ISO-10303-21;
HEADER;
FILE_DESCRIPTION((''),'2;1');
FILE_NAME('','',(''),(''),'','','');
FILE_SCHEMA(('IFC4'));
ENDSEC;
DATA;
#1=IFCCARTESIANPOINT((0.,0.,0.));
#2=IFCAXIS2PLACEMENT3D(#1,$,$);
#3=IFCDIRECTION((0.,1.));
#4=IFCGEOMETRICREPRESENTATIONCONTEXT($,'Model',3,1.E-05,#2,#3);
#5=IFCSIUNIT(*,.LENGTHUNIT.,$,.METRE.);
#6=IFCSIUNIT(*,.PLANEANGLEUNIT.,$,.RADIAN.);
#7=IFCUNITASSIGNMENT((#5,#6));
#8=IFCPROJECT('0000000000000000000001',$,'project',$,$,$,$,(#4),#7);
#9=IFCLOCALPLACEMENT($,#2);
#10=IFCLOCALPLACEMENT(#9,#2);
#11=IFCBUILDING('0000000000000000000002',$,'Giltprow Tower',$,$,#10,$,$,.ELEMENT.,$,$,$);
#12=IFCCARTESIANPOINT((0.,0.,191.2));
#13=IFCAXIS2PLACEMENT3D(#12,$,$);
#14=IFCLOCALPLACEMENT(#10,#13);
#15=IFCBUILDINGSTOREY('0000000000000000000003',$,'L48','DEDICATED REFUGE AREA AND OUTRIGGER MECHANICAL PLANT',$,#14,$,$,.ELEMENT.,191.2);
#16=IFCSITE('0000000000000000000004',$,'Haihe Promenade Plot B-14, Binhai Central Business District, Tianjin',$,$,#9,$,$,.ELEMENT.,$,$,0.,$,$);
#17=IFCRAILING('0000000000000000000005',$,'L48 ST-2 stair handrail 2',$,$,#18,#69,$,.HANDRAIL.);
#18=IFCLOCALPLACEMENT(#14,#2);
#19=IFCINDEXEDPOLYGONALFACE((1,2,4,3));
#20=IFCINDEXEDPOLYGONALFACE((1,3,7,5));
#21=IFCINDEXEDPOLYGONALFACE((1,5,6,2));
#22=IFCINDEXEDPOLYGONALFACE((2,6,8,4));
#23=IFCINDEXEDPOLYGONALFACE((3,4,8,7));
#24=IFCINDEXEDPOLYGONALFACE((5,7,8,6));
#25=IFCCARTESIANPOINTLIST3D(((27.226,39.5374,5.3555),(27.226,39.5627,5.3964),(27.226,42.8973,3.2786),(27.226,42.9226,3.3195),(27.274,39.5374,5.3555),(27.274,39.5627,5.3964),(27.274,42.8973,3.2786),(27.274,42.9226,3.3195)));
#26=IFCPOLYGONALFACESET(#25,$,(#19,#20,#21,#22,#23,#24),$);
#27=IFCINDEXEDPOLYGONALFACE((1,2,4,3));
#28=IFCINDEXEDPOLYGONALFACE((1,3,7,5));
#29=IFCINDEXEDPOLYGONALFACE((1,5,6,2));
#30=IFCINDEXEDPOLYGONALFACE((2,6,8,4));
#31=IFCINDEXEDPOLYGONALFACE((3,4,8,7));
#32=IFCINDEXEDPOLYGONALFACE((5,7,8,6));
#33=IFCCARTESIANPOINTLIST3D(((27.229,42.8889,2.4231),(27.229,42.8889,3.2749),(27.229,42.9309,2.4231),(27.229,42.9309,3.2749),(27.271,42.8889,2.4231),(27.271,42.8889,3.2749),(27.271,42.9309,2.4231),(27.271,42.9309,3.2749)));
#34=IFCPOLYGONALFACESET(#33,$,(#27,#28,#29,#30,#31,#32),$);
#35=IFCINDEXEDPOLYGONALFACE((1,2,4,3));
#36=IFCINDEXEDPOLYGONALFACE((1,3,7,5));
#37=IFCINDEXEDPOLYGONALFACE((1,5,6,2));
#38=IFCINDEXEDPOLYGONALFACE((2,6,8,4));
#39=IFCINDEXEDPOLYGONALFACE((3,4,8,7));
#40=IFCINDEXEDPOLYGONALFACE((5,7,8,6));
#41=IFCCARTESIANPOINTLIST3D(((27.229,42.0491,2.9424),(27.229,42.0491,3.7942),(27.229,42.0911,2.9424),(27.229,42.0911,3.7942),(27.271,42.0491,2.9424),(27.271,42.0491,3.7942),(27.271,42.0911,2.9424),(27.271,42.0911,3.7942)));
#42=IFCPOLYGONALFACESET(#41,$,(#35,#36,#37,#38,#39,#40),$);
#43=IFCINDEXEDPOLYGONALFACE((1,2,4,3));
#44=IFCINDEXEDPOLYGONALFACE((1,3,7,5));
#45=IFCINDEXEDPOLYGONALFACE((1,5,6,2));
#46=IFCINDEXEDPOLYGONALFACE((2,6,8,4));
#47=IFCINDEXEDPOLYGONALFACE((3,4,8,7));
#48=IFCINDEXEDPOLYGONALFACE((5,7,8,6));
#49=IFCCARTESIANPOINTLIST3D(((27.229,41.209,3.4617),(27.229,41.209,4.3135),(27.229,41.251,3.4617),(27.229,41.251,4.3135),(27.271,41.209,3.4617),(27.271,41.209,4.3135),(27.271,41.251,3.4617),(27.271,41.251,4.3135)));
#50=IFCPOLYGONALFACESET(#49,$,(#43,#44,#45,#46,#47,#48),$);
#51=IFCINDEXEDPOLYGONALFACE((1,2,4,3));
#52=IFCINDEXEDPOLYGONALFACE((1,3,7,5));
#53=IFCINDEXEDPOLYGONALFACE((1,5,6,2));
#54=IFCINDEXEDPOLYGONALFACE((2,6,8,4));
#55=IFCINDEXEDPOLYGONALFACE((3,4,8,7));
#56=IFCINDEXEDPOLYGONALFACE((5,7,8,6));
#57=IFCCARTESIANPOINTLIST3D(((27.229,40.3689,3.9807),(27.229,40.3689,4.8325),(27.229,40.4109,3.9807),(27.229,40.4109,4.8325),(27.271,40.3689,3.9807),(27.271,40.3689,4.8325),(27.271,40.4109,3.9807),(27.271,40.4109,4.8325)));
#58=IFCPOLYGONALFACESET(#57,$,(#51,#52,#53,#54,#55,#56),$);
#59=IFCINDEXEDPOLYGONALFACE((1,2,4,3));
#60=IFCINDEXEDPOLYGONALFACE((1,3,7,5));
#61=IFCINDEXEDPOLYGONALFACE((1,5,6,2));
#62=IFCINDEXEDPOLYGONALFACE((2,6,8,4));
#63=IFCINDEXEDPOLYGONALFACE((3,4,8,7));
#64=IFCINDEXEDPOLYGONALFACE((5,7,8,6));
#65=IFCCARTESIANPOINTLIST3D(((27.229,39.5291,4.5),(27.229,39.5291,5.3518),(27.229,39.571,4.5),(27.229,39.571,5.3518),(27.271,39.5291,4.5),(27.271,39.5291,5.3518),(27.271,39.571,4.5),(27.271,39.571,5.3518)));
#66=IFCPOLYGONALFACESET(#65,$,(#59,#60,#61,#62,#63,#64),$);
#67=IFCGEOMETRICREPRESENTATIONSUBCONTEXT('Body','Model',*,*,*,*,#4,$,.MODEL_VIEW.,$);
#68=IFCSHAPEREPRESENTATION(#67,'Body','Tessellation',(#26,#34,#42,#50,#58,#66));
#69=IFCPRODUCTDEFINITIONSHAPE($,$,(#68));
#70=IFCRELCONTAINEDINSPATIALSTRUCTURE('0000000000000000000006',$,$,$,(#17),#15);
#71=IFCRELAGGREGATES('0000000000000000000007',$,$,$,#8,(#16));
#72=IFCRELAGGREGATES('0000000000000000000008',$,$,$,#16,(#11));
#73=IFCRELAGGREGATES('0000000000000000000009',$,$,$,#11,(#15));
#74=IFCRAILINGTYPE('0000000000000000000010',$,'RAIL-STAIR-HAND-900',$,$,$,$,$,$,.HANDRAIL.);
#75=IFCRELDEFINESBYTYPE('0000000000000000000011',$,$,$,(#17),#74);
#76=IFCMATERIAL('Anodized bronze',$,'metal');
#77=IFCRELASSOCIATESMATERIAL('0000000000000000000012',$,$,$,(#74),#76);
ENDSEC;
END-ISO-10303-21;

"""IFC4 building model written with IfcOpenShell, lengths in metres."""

from ifc_helpers import new_model, si_unit, direction, frame, origin, origin_2d, place, context, subcontext, project, spatial, rectangle, extrude, material, type_object, element, save


model = new_model("IFC4")

# Units and contexts
model_context = context("Model", 3, precision=1e-05, world=origin(), true_north=direction((0.0, 1.0)))
body_context = subcontext(model_context, "Body", "Model", "MODEL_VIEW")
ifc_project = project(units=[si_unit("LENGTHUNIT", "METRE"), si_unit("PLANEANGLEUNIT", "RADIAN")], contexts=[model_context])

# Site, building, storey
site_placement = place(None, origin())
site = spatial("IfcSite", under=ifc_project, at=site_placement, Name="Haihe Promenade Plot B-14, Binhai Central Business District, Tianjin", CompositionType="ELEMENT", RefElevation=0.0)
building_placement = place(site_placement, origin())
building = spatial("IfcBuilding", under=site, at=building_placement, Name="Giltprow Tower", CompositionType="ELEMENT")
storey_placement = place(building_placement, frame((0.0, 0.0, 191.2)))
storey = spatial("IfcBuildingStorey", under=building, at=storey_placement, Name="L48", Description="DEDICATED REFUGE AREA AND OUTRIGGER MECHANICAL PLANT", CompositionType="ELEMENT", Elevation=191.2)

# Railing
ifc_material_1 = material(Name="Anodized bronze", Category="metal")
railing_type_1 = type_object("IfcRailingType", Name="RAIL-STAIR-HAND-900", PredefinedType="HANDRAIL", material=ifc_material_1)
railing_1_placement = place(storey_placement, frame((27.25, 42.9099, 2.4231)))
element("IfcRailing", 1, at=railing_1_placement, inside=storey, type_object=railing_type_1, Name="L48 ST-2 stair handrail 2", PredefinedType="HANDRAIL", context=body_context, shape_type="SweptSolid", body=[
    extrude(rectangle(XDim=0.0481, YDim=0.0481, at=origin_2d()), frame((0.0, 0.0, 0.876), z_axis=(0.0, -0.850606, 0.525803), x_axis=(1.0, 0.0, 0.0)), (0.0, 0.0, 1.0), 3.95),
    extrude(rectangle(XDim=0.042, YDim=0.042, at=origin_2d()), origin(), (0.0, 0.0, 1.0), 0.8518),
    extrude(rectangle(XDim=0.042, YDim=0.042, at=origin_2d()), frame((0.0, -0.8398, 0.5193)), (0.0, 0.0, 1.0), 0.8518),
    extrude(rectangle(XDim=0.042, YDim=0.042, at=origin_2d()), frame((0.0, -1.6799, 1.0386)), (0.0, 0.0, 1.0), 0.8518),
    extrude(rectangle(XDim=0.042, YDim=0.042, at=origin_2d()), frame((0.0, -2.52, 1.5576)), (0.0, 0.0, 1.0), 0.8518),
    extrude(rectangle(XDim=0.042, YDim=0.042, at=origin_2d()), frame((0.0, -3.3599, 2.0769)), (0.0, 0.0, 1.0), 0.8518),
])

save(model, "model.ifc")
